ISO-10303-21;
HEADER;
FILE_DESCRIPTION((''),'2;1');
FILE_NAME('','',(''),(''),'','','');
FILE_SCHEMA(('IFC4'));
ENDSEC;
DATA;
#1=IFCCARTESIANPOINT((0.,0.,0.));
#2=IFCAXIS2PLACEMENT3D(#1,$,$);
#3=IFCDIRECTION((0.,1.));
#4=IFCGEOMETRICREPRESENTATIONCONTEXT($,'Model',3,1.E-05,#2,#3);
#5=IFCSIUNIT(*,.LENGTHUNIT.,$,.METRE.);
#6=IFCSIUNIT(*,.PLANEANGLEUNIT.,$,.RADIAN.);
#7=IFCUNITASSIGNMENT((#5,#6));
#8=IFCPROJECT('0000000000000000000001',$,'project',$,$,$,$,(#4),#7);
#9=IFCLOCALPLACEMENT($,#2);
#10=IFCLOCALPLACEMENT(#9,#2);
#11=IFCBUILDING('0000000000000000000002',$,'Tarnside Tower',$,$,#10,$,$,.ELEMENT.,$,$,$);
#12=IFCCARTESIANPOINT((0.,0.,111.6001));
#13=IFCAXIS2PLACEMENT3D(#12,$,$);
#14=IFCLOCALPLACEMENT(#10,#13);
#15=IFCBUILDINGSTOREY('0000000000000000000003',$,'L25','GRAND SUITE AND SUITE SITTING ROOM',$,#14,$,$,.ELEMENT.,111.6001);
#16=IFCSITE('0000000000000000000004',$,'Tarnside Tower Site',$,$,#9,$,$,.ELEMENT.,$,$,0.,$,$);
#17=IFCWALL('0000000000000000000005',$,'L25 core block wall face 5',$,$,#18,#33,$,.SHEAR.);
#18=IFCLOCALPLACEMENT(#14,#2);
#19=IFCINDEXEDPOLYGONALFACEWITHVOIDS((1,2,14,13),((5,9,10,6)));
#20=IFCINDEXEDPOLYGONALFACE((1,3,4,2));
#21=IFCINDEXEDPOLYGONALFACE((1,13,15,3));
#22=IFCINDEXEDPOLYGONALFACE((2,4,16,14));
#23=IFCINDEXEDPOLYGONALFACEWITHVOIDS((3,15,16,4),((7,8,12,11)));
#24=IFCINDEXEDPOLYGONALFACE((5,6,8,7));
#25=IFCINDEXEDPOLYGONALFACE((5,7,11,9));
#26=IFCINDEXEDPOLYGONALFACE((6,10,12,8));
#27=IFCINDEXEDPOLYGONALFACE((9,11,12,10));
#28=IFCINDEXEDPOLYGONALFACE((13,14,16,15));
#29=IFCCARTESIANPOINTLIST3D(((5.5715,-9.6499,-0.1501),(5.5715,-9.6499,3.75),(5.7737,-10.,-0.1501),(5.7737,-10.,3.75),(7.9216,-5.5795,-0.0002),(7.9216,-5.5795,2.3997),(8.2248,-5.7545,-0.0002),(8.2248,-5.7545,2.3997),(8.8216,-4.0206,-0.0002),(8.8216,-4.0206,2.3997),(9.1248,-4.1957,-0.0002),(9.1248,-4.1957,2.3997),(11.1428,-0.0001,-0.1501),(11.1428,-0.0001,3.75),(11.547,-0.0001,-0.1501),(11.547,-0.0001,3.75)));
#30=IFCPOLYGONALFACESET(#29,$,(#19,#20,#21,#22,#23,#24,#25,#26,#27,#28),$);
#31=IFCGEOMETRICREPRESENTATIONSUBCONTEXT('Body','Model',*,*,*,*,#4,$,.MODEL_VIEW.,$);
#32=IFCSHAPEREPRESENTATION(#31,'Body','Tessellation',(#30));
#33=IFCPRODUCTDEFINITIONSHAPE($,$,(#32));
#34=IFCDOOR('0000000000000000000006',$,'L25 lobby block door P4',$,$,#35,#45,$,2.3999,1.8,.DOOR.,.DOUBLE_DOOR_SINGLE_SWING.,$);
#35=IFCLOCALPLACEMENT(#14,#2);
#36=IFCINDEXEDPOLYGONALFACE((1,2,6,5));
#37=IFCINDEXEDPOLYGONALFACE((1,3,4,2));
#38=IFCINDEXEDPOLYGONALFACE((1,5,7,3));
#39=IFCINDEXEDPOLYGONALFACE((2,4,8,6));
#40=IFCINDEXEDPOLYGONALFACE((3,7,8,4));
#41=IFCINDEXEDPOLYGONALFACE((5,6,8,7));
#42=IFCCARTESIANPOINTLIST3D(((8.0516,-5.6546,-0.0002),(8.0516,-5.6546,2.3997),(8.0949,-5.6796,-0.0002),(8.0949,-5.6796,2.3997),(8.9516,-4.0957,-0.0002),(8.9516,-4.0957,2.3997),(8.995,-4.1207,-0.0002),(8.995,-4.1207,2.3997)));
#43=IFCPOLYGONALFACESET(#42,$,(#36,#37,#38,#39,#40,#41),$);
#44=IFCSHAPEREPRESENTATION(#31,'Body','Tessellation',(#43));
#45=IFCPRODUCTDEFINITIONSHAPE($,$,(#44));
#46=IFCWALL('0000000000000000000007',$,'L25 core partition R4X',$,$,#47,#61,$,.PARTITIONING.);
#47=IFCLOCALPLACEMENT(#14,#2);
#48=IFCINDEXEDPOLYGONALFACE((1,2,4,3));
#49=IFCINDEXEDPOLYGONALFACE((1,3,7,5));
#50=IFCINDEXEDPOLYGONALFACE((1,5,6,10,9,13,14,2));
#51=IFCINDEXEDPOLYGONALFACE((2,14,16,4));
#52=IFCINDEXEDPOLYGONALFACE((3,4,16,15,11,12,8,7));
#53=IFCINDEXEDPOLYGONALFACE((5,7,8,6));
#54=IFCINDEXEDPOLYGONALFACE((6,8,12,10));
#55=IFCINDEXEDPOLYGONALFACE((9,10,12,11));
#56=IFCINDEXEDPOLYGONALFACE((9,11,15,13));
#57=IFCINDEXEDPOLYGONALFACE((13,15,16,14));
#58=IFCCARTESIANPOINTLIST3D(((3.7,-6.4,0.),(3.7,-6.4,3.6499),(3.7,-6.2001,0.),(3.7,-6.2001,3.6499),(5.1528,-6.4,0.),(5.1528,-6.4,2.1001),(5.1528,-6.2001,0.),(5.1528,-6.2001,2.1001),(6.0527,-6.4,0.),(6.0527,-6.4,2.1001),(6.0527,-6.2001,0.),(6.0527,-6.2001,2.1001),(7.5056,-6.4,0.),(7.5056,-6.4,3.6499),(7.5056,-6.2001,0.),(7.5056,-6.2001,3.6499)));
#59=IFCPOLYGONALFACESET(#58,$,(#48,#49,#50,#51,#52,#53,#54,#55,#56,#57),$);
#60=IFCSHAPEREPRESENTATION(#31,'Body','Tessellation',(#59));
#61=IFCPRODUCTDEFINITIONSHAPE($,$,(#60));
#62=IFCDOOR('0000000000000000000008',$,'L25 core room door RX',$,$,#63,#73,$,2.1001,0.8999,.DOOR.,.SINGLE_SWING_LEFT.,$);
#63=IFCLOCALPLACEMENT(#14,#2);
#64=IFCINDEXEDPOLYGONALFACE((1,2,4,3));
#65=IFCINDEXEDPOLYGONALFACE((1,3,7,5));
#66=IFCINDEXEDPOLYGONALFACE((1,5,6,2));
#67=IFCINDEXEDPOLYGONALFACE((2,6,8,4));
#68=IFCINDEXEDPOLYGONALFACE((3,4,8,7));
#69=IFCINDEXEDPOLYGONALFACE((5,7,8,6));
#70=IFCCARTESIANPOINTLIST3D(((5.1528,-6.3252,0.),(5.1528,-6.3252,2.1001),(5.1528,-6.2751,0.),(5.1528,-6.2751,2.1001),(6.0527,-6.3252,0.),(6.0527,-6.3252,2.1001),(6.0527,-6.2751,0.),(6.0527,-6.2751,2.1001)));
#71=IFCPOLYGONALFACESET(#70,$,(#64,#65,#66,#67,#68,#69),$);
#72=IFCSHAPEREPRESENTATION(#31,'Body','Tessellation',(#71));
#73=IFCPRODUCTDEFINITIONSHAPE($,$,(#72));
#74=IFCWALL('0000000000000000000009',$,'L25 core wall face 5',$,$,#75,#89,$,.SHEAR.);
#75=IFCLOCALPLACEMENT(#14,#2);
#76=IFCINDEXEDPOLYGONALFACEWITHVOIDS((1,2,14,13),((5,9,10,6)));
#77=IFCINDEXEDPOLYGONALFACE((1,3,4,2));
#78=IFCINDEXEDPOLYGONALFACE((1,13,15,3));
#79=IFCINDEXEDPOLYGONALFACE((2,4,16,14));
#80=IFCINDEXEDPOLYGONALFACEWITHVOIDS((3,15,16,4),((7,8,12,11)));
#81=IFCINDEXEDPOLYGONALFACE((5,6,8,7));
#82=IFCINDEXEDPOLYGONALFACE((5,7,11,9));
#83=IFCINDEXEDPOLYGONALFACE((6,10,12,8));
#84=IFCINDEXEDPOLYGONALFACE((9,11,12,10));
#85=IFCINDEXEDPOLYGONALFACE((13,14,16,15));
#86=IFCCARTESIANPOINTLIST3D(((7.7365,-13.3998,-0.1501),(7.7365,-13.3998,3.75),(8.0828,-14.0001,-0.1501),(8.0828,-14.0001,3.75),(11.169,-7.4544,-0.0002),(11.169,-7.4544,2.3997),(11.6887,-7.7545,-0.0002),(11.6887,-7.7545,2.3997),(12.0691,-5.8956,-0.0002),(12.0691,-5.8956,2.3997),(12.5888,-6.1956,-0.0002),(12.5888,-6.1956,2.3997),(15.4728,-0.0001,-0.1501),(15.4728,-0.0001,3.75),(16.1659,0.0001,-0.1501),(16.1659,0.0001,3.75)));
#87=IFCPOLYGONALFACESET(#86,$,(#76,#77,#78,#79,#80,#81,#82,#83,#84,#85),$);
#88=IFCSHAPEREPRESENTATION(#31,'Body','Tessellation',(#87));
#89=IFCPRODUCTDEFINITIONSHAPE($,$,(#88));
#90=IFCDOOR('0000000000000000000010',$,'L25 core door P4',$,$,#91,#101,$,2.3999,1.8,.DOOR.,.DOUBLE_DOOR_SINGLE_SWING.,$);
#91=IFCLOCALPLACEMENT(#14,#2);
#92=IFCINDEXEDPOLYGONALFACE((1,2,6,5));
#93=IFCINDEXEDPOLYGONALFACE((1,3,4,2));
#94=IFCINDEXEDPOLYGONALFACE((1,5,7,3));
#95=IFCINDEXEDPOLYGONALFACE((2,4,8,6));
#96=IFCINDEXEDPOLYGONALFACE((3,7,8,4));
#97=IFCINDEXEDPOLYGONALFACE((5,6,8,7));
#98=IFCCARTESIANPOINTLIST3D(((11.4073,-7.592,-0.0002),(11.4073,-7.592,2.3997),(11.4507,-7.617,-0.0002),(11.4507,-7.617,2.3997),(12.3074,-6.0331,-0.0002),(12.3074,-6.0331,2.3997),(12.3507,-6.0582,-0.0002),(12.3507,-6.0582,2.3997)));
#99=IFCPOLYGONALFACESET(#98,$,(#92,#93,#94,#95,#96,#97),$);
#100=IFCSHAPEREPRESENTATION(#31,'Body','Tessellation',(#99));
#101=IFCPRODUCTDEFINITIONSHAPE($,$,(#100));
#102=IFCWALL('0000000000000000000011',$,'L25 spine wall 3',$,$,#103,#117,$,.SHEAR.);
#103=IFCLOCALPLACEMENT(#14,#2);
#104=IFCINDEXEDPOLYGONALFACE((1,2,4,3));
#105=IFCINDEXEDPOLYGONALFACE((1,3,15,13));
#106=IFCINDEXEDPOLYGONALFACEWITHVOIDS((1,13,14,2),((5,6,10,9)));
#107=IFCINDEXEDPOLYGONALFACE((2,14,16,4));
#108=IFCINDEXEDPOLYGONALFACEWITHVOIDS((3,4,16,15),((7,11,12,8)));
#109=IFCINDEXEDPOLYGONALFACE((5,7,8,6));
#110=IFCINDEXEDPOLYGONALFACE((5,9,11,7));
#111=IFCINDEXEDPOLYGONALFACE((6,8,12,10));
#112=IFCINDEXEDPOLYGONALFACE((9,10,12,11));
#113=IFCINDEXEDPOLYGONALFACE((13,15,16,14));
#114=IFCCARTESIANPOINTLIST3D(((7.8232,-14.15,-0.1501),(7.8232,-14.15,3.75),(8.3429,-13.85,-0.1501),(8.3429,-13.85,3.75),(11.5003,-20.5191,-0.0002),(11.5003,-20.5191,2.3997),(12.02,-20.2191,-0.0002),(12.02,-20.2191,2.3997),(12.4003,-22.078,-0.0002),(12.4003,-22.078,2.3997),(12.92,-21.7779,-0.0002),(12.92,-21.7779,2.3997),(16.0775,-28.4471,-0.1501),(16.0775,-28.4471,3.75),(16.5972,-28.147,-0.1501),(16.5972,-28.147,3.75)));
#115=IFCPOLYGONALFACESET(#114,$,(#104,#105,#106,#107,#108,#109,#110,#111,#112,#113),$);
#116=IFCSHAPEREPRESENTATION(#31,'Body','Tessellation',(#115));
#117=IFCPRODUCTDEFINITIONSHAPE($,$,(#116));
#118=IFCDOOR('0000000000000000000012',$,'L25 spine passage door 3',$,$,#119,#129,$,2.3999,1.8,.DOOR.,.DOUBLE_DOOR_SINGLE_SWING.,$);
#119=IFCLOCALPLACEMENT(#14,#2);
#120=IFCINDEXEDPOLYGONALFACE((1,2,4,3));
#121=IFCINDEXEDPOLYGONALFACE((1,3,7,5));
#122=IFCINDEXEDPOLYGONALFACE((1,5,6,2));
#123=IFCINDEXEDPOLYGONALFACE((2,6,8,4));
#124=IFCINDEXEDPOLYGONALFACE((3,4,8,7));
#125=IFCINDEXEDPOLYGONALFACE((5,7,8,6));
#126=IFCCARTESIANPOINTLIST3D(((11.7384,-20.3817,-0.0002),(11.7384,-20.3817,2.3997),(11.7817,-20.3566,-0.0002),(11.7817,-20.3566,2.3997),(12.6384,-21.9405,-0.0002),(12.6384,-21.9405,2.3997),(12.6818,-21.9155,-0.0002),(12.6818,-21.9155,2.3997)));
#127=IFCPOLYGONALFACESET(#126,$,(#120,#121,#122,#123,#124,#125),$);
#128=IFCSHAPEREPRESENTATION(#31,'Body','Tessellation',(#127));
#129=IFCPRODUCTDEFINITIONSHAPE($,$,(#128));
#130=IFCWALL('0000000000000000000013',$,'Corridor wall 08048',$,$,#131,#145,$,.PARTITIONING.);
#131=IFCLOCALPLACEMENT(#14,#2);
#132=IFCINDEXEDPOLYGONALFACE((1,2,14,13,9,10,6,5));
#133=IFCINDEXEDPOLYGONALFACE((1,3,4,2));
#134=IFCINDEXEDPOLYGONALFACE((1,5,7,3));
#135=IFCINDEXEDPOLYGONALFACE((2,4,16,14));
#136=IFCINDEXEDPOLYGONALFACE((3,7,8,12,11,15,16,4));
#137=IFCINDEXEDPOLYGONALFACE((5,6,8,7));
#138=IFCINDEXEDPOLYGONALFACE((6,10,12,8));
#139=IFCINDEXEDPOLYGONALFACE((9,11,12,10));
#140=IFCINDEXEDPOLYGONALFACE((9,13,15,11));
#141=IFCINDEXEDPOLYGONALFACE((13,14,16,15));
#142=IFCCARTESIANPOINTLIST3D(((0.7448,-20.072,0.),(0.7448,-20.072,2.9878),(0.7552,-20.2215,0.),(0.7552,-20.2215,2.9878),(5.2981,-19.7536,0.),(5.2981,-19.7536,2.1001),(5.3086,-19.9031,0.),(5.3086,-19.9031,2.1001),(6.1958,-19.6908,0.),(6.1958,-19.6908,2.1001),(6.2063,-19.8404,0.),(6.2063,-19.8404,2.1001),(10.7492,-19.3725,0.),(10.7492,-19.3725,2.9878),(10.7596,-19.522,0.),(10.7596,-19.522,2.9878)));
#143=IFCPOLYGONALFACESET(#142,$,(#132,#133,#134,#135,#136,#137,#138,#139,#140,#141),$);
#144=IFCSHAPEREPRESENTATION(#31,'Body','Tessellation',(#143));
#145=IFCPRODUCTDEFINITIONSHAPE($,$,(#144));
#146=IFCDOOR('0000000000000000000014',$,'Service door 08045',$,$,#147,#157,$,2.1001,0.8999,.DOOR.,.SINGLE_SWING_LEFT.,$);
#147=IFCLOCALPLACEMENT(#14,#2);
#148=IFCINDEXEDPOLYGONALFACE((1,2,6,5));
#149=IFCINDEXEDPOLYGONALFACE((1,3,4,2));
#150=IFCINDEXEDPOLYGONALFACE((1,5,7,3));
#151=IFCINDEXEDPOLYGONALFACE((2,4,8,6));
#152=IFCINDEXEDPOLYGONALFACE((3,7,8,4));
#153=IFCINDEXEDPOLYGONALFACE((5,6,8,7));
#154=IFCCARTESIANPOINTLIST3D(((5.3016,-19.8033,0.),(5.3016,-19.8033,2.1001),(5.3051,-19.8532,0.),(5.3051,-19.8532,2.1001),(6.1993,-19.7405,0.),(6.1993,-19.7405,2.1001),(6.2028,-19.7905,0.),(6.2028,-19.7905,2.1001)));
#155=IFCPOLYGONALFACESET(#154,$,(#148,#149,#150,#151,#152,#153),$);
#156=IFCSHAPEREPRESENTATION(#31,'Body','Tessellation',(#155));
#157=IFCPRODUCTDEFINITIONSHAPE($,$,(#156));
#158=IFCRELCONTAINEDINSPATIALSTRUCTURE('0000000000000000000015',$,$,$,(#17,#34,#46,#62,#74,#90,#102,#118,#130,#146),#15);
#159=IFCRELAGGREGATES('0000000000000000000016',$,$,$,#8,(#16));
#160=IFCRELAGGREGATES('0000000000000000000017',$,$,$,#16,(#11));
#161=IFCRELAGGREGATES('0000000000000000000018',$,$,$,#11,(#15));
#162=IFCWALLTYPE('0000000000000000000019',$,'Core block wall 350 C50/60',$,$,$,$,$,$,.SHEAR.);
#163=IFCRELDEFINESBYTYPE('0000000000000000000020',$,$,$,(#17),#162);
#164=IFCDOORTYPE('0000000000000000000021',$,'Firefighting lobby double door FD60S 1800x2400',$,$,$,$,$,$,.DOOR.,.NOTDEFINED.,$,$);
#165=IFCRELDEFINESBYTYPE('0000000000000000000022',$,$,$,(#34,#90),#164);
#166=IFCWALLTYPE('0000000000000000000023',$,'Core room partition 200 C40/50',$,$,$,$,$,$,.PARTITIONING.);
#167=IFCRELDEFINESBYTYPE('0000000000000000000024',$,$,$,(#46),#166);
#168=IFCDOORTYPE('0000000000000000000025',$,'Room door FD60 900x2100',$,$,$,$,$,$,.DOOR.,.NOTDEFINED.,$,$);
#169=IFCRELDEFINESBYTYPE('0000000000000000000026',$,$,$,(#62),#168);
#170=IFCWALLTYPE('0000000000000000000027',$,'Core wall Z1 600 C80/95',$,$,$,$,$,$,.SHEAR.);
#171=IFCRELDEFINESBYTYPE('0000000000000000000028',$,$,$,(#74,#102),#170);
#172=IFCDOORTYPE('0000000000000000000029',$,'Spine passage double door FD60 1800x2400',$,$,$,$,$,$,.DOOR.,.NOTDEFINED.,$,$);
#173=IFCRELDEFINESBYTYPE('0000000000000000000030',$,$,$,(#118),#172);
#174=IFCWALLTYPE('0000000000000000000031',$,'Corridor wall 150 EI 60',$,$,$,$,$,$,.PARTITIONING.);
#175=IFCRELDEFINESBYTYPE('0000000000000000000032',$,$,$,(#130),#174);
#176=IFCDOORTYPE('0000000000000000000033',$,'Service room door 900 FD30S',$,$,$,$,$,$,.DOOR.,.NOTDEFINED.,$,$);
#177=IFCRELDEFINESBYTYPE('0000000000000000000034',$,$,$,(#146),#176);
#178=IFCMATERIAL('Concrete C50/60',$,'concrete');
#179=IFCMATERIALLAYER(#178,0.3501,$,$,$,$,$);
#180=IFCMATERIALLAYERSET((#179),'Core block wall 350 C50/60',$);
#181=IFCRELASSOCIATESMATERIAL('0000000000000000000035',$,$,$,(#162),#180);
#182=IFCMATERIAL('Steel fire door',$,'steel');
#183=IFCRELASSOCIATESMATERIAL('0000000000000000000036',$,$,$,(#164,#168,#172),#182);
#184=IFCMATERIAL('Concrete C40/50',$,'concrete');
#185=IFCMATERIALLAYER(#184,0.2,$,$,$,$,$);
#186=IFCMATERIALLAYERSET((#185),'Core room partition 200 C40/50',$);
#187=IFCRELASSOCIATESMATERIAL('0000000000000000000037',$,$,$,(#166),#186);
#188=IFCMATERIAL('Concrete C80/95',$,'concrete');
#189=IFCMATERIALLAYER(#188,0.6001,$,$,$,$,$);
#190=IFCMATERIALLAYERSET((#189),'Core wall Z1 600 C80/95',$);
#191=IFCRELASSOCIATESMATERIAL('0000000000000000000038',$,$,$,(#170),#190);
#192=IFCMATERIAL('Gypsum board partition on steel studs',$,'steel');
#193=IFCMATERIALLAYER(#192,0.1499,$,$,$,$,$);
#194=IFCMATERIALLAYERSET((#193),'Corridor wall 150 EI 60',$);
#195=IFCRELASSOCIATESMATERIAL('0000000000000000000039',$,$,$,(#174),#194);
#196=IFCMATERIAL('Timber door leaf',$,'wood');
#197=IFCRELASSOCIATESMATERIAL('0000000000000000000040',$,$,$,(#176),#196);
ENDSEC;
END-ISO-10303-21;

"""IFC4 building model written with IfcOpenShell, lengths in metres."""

from ifc_helpers import new_model, si_unit, direction, frame, frame_2d, origin, place, context, subcontext, project, spatial, polyline, rectangle, outline, extrude, material, layer, layer_set, type_object, element, fill, save


model = new_model("IFC4")

# Units and contexts
model_context = context("Model", 3, precision=1e-05, world=origin(), true_north=direction((0.0, 1.0)))
body_context = subcontext(model_context, "Body", "Model", "MODEL_VIEW")
ifc_project = project(units=[si_unit("LENGTHUNIT", "METRE"), si_unit("PLANEANGLEUNIT", "RADIAN")], contexts=[model_context])

# Site, building, storey
site_placement = place(None, origin())
site = spatial("IfcSite", under=ifc_project, at=site_placement, Name="Tarnside Tower Site", CompositionType="ELEMENT", RefElevation=0.0)
building_placement = place(site_placement, origin())
building = spatial("IfcBuilding", under=site, at=building_placement, Name="Tarnside Tower", CompositionType="ELEMENT")
storey_placement = place(building_placement, frame((0.0, 0.0, 111.6001)))
storey = spatial("IfcBuildingStorey", under=building, at=storey_placement, Name="L25", Description="GRAND SUITE AND SUITE SITTING ROOM", CompositionType="ELEMENT", Elevation=111.6001)

# Walls, openings, doors
ifc_material_1 = material(Name="Concrete C50/60", Category="concrete")
ifc_layer_1 = layer(ifc_material_1, 0.3501)
ifc_layer_set_1 = layer_set([ifc_layer_1], Name="Core block wall 350 C50/60")
wall_type_1 = type_object("IfcWallType", Name="Core block wall 350 C50/60", PredefinedType="SHEAR", material=ifc_layer_set_1)
wall_1_placement = place(storey_placement, frame((5.6726, -9.825, -0.1501), z_axis=(0.0, 0.0, 1.0), x_axis=(0.499995, 0.866028, 0.0)))
wall_1 = element("IfcWall", 1, at=wall_1_placement, inside=storey, type_object=wall_type_1, Name="L25 core block wall face 5", PredefinedType="SHEAR", context=body_context, shape_type="SweptSolid", body=[
    extrude(outline(polyline([(-0.1011, -0.175), (11.4458, -0.175), (11.2437, 0.175), (0.1011, 0.175), (-0.1011, -0.175)])), origin(), (0.0, 0.0, 1.0), 3.9001),
])
opening_1_placement = place(wall_1_placement, frame((4.8013, 0.0, 0.1499)))
opening_1 = element("IfcOpeningElement", 2, at=opening_1_placement, cuts=wall_1, PredefinedType="OPENING", context=body_context, shape_type="SweptSolid", body=[
    extrude(rectangle(XDim=1.8, YDim=2.3999, at=frame_2d((0.8999, 1.2))), frame((0.0, 0.1851, 0.0), z_axis=(0.0, -1.0, 0.0), x_axis=(1.0, 0.0, 0.0)), (0.0, 0.0, 1.0), 0.3701),
])
ifc_material_2 = material(Name="Steel fire door", Category="steel")
door_type_1 = type_object("IfcDoorType", Name="Firefighting lobby double door FD60S 1800x2400", OperationType="NOTDEFINED", PredefinedType="DOOR", material=ifc_material_2)
door_1_placement = place(opening_1_placement, origin())
door_1 = element("IfcDoor", 3, at=door_1_placement, inside=storey, type_object=door_type_1, Name="L25 lobby block door P4", OperationType="DOUBLE_DOOR_SINGLE_SWING", OverallHeight=2.3999, OverallWidth=1.8, PredefinedType="DOOR", context=body_context, shape_type="SweptSolid", body=[
    extrude(rectangle(XDim=1.8, YDim=2.3999, at=frame_2d((0.8999, 1.2))), frame((0.0, 0.0249, 0.0), z_axis=(0.0, -1.0, 0.0), x_axis=(1.0, 0.0, 0.0)), (0.0, 0.0, 1.0), 0.05),
])
fill(opening_1, door_1)
ifc_material_3 = material(Name="Concrete C40/50", Category="concrete")
ifc_layer_2 = layer(ifc_material_3, 0.2)
ifc_layer_set_2 = layer_set([ifc_layer_2], Name="Core room partition 200 C40/50")
wall_type_2 = type_object("IfcWallType", Name="Core room partition 200 C40/50", PredefinedType="PARTITIONING", material=ifc_layer_set_2)
wall_2_placement = place(storey_placement, frame((3.7, -6.3, 0.0), z_axis=(0.0, 0.0, 1.0), x_axis=(1.0, 0.0, 0.0)))
wall_2 = element("IfcWall", 4, at=wall_2_placement, inside=storey, type_object=wall_type_2, Name="L25 core partition R4X", PredefinedType="PARTITIONING", context=body_context, shape_type="SweptSolid", body=[
    extrude(rectangle(XDim=3.8057, YDim=0.2, at=frame_2d((1.9028, 0.0))), origin(), (0.0, 0.0, 1.0), 3.6499),
])
opening_2_placement = place(wall_2_placement, frame((1.4529, 0.0, 0.0)))
opening_2 = element("IfcOpeningElement", 5, at=opening_2_placement, cuts=wall_2, PredefinedType="OPENING", context=body_context, shape_type="SweptSolid", body=[
    extrude(rectangle(XDim=0.8999, YDim=2.1001, at=frame_2d((0.45, 1.05))), frame((0.0, 0.1099, 0.0), z_axis=(0.0, -1.0, 0.0), x_axis=(1.0, 0.0, 0.0)), (0.0, 0.0, 1.0), 0.22),
])
door_type_2 = type_object("IfcDoorType", Name="Room door FD60 900x2100", OperationType="NOTDEFINED", PredefinedType="DOOR", material=ifc_material_2)
door_2_placement = place(opening_2_placement, origin())
door_2 = element("IfcDoor", 6, at=door_2_placement, inside=storey, type_object=door_type_2, Name="L25 core room door RX", OperationType="SINGLE_SWING_LEFT", OverallHeight=2.1001, OverallWidth=0.8999, PredefinedType="DOOR", context=body_context, shape_type="SweptSolid", body=[
    extrude(rectangle(XDim=0.8999, YDim=2.1001, at=frame_2d((0.45, 1.05))), frame((0.0, 0.0249, 0.0), z_axis=(0.0, -1.0, 0.0), x_axis=(1.0, 0.0, 0.0)), (0.0, 0.0, 1.0), 0.05),
])
fill(opening_2, door_2)
ifc_material_4 = material(Name="Concrete C80/95", Category="concrete")
ifc_layer_3 = layer(ifc_material_4, 0.6001)
ifc_layer_set_3 = layer_set([ifc_layer_3], Name="Core wall Z1 600 C80/95")
wall_type_3 = type_object("IfcWallType", Name="Core wall Z1 600 C80/95", PredefinedType="SHEAR", material=ifc_layer_set_3)
wall_3_placement = place(storey_placement, frame((7.9097, -13.7, -0.1501), z_axis=(0.0, 0.0, 1.0), x_axis=(0.5, 0.866025, 0.0)))
wall_3 = element("IfcWall", 7, at=wall_3_placement, inside=storey, type_object=wall_type_3, Name="L25 core wall face 5", PredefinedType="SHEAR", context=body_context, shape_type="SweptSolid", body=[
    extrude(outline(polyline([(-0.1733, -0.3), (15.9927, -0.3), (15.646, 0.3), (0.1733, 0.3), (-0.1733, -0.3)])), origin(), (0.0, 0.0, 1.0), 3.9001),
])
opening_3_placement = place(wall_3_placement, frame((7.0386, 0.0, 0.1499)))
opening_3 = element("IfcOpeningElement", 8, at=opening_3_placement, cuts=wall_3, PredefinedType="OPENING", context=body_context, shape_type="SweptSolid", body=[
    extrude(rectangle(XDim=1.8, YDim=2.3999, at=frame_2d((0.8999, 1.2))), frame((0.0, 0.3101, 0.0), z_axis=(0.0, -1.0, 0.0), x_axis=(1.0, 0.0, 0.0)), (0.0, 0.0, 1.0), 0.6201),
])
door_3_placement = place(opening_3_placement, origin())
door_3 = element("IfcDoor", 9, at=door_3_placement, inside=storey, type_object=door_type_1, Name="L25 core door P4", OperationType="DOUBLE_DOOR_SINGLE_SWING", OverallHeight=2.3999, OverallWidth=1.8, PredefinedType="DOOR", context=body_context, shape_type="SweptSolid", body=[
    extrude(rectangle(XDim=1.8, YDim=2.3999, at=frame_2d((0.8999, 1.2))), frame((0.0, 0.0249, 0.0), z_axis=(0.0, -1.0, 0.0), x_axis=(1.0, 0.0, 0.0)), (0.0, 0.0, 1.0), 0.05),
])
fill(opening_3, door_3)
wall_4_placement = place(storey_placement, frame((8.083, -14.0, -0.1501), z_axis=(0.0, 0.0, 1.0), x_axis=(0.499998, -0.866027, 0.0)))
wall_4 = element("IfcWall", 10, at=wall_4_placement, inside=storey, type_object=wall_type_3, Name="L25 spine wall 3", PredefinedType="SHEAR", context=body_context, shape_type="SweptSolid", body=[
    extrude(rectangle(XDim=16.5088, YDim=0.6001, at=frame_2d((8.2544, 0.0))), origin(), (0.0, 0.0, 1.0), 3.9001),
])
opening_4_placement = place(wall_4_placement, frame((7.3545, 0.0, 0.1499)))
opening_4 = element("IfcOpeningElement", 11, at=opening_4_placement, cuts=wall_4, PredefinedType="OPENING", context=body_context, shape_type="SweptSolid", body=[
    extrude(rectangle(XDim=1.8, YDim=2.3999, at=frame_2d((0.8999, 1.2))), frame((0.0, 0.3101, 0.0), z_axis=(0.0, -1.0, 0.0), x_axis=(1.0, 0.0, 0.0)), (0.0, 0.0, 1.0), 0.6201),
])
door_type_3 = type_object("IfcDoorType", Name="Spine passage double door FD60 1800x2400", OperationType="NOTDEFINED", PredefinedType="DOOR", material=ifc_material_2)
door_4_placement = place(opening_4_placement, origin())
door_4 = element("IfcDoor", 12, at=door_4_placement, inside=storey, type_object=door_type_3, Name="L25 spine passage door 3", OperationType="DOUBLE_DOOR_SINGLE_SWING", OverallHeight=2.3999, OverallWidth=1.8, PredefinedType="DOOR", context=body_context, shape_type="SweptSolid", body=[
    extrude(rectangle(XDim=1.8, YDim=2.3999, at=frame_2d((0.8999, 1.2))), frame((0.0, 0.0249, 0.0), z_axis=(0.0, -1.0, 0.0), x_axis=(1.0, 0.0, 0.0)), (0.0, 0.0, 1.0), 0.05),
])
fill(opening_4, door_4)
ifc_material_5 = material(Name="Gypsum board partition on steel studs", Category="steel")
ifc_layer_4 = layer(ifc_material_5, 0.1499)
ifc_layer_set_4 = layer_set([ifc_layer_4], Name="Corridor wall 150 EI 60")
wall_type_4 = type_object("IfcWallType", Name="Corridor wall 150 EI 60", PredefinedType="PARTITIONING", material=ifc_layer_set_4)
wall_5_placement = place(storey_placement, frame((10.7544, -19.4473, 0.0), z_axis=(0.0, 0.0, 1.0), x_axis=(-0.997565, -0.069745, 0.0)))
wall_5 = element("IfcWall", 13, at=wall_5_placement, inside=storey, type_object=wall_type_4, Name="Corridor wall 08048", PredefinedType="PARTITIONING", context=body_context, shape_type="SweptSolid", body=[
    extrude(rectangle(XDim=10.0288, YDim=0.1499, at=frame_2d((5.0144, 0.0))), origin(), (0.0, 0.0, 1.0), 2.9878),
])
opening_5_placement = place(wall_5_placement, frame((4.5645, 0.0, 0.0)))
opening_5 = element("IfcOpeningElement", 14, at=opening_5_placement, cuts=wall_5, PredefinedType="OPENING", context=body_context, shape_type="SweptSolid", body=[
    extrude(rectangle(XDim=0.8999, YDim=2.1001, at=frame_2d((0.45, 1.05))), frame((0.0, 0.085, 0.0), z_axis=(0.0, -1.0, 0.0), x_axis=(1.0, 0.0, 0.0)), (0.0, 0.0, 1.0), 0.1699),
])
ifc_material_6 = material(Name="Timber door leaf", Category="wood")
door_type_4 = type_object("IfcDoorType", Name="Service room door 900 FD30S", OperationType="NOTDEFINED", PredefinedType="DOOR", material=ifc_material_6)
door_5_placement = place(opening_5_placement, origin())
door_5 = element("IfcDoor", 15, at=door_5_placement, inside=storey, type_object=door_type_4, Name="Service door 08045", OperationType="SINGLE_SWING_LEFT", OverallHeight=2.1001, OverallWidth=0.8999, PredefinedType="DOOR", context=body_context, shape_type="SweptSolid", body=[
    extrude(rectangle(XDim=0.8999, YDim=2.1001, at=frame_2d((0.45, 1.05))), frame((0.0, 0.0249, 0.0), z_axis=(0.0, -1.0, 0.0), x_axis=(1.0, 0.0, 0.0)), (0.0, 0.0, 1.0), 0.05),
])
fill(opening_5, door_5)

save(model, "model.ifc")
